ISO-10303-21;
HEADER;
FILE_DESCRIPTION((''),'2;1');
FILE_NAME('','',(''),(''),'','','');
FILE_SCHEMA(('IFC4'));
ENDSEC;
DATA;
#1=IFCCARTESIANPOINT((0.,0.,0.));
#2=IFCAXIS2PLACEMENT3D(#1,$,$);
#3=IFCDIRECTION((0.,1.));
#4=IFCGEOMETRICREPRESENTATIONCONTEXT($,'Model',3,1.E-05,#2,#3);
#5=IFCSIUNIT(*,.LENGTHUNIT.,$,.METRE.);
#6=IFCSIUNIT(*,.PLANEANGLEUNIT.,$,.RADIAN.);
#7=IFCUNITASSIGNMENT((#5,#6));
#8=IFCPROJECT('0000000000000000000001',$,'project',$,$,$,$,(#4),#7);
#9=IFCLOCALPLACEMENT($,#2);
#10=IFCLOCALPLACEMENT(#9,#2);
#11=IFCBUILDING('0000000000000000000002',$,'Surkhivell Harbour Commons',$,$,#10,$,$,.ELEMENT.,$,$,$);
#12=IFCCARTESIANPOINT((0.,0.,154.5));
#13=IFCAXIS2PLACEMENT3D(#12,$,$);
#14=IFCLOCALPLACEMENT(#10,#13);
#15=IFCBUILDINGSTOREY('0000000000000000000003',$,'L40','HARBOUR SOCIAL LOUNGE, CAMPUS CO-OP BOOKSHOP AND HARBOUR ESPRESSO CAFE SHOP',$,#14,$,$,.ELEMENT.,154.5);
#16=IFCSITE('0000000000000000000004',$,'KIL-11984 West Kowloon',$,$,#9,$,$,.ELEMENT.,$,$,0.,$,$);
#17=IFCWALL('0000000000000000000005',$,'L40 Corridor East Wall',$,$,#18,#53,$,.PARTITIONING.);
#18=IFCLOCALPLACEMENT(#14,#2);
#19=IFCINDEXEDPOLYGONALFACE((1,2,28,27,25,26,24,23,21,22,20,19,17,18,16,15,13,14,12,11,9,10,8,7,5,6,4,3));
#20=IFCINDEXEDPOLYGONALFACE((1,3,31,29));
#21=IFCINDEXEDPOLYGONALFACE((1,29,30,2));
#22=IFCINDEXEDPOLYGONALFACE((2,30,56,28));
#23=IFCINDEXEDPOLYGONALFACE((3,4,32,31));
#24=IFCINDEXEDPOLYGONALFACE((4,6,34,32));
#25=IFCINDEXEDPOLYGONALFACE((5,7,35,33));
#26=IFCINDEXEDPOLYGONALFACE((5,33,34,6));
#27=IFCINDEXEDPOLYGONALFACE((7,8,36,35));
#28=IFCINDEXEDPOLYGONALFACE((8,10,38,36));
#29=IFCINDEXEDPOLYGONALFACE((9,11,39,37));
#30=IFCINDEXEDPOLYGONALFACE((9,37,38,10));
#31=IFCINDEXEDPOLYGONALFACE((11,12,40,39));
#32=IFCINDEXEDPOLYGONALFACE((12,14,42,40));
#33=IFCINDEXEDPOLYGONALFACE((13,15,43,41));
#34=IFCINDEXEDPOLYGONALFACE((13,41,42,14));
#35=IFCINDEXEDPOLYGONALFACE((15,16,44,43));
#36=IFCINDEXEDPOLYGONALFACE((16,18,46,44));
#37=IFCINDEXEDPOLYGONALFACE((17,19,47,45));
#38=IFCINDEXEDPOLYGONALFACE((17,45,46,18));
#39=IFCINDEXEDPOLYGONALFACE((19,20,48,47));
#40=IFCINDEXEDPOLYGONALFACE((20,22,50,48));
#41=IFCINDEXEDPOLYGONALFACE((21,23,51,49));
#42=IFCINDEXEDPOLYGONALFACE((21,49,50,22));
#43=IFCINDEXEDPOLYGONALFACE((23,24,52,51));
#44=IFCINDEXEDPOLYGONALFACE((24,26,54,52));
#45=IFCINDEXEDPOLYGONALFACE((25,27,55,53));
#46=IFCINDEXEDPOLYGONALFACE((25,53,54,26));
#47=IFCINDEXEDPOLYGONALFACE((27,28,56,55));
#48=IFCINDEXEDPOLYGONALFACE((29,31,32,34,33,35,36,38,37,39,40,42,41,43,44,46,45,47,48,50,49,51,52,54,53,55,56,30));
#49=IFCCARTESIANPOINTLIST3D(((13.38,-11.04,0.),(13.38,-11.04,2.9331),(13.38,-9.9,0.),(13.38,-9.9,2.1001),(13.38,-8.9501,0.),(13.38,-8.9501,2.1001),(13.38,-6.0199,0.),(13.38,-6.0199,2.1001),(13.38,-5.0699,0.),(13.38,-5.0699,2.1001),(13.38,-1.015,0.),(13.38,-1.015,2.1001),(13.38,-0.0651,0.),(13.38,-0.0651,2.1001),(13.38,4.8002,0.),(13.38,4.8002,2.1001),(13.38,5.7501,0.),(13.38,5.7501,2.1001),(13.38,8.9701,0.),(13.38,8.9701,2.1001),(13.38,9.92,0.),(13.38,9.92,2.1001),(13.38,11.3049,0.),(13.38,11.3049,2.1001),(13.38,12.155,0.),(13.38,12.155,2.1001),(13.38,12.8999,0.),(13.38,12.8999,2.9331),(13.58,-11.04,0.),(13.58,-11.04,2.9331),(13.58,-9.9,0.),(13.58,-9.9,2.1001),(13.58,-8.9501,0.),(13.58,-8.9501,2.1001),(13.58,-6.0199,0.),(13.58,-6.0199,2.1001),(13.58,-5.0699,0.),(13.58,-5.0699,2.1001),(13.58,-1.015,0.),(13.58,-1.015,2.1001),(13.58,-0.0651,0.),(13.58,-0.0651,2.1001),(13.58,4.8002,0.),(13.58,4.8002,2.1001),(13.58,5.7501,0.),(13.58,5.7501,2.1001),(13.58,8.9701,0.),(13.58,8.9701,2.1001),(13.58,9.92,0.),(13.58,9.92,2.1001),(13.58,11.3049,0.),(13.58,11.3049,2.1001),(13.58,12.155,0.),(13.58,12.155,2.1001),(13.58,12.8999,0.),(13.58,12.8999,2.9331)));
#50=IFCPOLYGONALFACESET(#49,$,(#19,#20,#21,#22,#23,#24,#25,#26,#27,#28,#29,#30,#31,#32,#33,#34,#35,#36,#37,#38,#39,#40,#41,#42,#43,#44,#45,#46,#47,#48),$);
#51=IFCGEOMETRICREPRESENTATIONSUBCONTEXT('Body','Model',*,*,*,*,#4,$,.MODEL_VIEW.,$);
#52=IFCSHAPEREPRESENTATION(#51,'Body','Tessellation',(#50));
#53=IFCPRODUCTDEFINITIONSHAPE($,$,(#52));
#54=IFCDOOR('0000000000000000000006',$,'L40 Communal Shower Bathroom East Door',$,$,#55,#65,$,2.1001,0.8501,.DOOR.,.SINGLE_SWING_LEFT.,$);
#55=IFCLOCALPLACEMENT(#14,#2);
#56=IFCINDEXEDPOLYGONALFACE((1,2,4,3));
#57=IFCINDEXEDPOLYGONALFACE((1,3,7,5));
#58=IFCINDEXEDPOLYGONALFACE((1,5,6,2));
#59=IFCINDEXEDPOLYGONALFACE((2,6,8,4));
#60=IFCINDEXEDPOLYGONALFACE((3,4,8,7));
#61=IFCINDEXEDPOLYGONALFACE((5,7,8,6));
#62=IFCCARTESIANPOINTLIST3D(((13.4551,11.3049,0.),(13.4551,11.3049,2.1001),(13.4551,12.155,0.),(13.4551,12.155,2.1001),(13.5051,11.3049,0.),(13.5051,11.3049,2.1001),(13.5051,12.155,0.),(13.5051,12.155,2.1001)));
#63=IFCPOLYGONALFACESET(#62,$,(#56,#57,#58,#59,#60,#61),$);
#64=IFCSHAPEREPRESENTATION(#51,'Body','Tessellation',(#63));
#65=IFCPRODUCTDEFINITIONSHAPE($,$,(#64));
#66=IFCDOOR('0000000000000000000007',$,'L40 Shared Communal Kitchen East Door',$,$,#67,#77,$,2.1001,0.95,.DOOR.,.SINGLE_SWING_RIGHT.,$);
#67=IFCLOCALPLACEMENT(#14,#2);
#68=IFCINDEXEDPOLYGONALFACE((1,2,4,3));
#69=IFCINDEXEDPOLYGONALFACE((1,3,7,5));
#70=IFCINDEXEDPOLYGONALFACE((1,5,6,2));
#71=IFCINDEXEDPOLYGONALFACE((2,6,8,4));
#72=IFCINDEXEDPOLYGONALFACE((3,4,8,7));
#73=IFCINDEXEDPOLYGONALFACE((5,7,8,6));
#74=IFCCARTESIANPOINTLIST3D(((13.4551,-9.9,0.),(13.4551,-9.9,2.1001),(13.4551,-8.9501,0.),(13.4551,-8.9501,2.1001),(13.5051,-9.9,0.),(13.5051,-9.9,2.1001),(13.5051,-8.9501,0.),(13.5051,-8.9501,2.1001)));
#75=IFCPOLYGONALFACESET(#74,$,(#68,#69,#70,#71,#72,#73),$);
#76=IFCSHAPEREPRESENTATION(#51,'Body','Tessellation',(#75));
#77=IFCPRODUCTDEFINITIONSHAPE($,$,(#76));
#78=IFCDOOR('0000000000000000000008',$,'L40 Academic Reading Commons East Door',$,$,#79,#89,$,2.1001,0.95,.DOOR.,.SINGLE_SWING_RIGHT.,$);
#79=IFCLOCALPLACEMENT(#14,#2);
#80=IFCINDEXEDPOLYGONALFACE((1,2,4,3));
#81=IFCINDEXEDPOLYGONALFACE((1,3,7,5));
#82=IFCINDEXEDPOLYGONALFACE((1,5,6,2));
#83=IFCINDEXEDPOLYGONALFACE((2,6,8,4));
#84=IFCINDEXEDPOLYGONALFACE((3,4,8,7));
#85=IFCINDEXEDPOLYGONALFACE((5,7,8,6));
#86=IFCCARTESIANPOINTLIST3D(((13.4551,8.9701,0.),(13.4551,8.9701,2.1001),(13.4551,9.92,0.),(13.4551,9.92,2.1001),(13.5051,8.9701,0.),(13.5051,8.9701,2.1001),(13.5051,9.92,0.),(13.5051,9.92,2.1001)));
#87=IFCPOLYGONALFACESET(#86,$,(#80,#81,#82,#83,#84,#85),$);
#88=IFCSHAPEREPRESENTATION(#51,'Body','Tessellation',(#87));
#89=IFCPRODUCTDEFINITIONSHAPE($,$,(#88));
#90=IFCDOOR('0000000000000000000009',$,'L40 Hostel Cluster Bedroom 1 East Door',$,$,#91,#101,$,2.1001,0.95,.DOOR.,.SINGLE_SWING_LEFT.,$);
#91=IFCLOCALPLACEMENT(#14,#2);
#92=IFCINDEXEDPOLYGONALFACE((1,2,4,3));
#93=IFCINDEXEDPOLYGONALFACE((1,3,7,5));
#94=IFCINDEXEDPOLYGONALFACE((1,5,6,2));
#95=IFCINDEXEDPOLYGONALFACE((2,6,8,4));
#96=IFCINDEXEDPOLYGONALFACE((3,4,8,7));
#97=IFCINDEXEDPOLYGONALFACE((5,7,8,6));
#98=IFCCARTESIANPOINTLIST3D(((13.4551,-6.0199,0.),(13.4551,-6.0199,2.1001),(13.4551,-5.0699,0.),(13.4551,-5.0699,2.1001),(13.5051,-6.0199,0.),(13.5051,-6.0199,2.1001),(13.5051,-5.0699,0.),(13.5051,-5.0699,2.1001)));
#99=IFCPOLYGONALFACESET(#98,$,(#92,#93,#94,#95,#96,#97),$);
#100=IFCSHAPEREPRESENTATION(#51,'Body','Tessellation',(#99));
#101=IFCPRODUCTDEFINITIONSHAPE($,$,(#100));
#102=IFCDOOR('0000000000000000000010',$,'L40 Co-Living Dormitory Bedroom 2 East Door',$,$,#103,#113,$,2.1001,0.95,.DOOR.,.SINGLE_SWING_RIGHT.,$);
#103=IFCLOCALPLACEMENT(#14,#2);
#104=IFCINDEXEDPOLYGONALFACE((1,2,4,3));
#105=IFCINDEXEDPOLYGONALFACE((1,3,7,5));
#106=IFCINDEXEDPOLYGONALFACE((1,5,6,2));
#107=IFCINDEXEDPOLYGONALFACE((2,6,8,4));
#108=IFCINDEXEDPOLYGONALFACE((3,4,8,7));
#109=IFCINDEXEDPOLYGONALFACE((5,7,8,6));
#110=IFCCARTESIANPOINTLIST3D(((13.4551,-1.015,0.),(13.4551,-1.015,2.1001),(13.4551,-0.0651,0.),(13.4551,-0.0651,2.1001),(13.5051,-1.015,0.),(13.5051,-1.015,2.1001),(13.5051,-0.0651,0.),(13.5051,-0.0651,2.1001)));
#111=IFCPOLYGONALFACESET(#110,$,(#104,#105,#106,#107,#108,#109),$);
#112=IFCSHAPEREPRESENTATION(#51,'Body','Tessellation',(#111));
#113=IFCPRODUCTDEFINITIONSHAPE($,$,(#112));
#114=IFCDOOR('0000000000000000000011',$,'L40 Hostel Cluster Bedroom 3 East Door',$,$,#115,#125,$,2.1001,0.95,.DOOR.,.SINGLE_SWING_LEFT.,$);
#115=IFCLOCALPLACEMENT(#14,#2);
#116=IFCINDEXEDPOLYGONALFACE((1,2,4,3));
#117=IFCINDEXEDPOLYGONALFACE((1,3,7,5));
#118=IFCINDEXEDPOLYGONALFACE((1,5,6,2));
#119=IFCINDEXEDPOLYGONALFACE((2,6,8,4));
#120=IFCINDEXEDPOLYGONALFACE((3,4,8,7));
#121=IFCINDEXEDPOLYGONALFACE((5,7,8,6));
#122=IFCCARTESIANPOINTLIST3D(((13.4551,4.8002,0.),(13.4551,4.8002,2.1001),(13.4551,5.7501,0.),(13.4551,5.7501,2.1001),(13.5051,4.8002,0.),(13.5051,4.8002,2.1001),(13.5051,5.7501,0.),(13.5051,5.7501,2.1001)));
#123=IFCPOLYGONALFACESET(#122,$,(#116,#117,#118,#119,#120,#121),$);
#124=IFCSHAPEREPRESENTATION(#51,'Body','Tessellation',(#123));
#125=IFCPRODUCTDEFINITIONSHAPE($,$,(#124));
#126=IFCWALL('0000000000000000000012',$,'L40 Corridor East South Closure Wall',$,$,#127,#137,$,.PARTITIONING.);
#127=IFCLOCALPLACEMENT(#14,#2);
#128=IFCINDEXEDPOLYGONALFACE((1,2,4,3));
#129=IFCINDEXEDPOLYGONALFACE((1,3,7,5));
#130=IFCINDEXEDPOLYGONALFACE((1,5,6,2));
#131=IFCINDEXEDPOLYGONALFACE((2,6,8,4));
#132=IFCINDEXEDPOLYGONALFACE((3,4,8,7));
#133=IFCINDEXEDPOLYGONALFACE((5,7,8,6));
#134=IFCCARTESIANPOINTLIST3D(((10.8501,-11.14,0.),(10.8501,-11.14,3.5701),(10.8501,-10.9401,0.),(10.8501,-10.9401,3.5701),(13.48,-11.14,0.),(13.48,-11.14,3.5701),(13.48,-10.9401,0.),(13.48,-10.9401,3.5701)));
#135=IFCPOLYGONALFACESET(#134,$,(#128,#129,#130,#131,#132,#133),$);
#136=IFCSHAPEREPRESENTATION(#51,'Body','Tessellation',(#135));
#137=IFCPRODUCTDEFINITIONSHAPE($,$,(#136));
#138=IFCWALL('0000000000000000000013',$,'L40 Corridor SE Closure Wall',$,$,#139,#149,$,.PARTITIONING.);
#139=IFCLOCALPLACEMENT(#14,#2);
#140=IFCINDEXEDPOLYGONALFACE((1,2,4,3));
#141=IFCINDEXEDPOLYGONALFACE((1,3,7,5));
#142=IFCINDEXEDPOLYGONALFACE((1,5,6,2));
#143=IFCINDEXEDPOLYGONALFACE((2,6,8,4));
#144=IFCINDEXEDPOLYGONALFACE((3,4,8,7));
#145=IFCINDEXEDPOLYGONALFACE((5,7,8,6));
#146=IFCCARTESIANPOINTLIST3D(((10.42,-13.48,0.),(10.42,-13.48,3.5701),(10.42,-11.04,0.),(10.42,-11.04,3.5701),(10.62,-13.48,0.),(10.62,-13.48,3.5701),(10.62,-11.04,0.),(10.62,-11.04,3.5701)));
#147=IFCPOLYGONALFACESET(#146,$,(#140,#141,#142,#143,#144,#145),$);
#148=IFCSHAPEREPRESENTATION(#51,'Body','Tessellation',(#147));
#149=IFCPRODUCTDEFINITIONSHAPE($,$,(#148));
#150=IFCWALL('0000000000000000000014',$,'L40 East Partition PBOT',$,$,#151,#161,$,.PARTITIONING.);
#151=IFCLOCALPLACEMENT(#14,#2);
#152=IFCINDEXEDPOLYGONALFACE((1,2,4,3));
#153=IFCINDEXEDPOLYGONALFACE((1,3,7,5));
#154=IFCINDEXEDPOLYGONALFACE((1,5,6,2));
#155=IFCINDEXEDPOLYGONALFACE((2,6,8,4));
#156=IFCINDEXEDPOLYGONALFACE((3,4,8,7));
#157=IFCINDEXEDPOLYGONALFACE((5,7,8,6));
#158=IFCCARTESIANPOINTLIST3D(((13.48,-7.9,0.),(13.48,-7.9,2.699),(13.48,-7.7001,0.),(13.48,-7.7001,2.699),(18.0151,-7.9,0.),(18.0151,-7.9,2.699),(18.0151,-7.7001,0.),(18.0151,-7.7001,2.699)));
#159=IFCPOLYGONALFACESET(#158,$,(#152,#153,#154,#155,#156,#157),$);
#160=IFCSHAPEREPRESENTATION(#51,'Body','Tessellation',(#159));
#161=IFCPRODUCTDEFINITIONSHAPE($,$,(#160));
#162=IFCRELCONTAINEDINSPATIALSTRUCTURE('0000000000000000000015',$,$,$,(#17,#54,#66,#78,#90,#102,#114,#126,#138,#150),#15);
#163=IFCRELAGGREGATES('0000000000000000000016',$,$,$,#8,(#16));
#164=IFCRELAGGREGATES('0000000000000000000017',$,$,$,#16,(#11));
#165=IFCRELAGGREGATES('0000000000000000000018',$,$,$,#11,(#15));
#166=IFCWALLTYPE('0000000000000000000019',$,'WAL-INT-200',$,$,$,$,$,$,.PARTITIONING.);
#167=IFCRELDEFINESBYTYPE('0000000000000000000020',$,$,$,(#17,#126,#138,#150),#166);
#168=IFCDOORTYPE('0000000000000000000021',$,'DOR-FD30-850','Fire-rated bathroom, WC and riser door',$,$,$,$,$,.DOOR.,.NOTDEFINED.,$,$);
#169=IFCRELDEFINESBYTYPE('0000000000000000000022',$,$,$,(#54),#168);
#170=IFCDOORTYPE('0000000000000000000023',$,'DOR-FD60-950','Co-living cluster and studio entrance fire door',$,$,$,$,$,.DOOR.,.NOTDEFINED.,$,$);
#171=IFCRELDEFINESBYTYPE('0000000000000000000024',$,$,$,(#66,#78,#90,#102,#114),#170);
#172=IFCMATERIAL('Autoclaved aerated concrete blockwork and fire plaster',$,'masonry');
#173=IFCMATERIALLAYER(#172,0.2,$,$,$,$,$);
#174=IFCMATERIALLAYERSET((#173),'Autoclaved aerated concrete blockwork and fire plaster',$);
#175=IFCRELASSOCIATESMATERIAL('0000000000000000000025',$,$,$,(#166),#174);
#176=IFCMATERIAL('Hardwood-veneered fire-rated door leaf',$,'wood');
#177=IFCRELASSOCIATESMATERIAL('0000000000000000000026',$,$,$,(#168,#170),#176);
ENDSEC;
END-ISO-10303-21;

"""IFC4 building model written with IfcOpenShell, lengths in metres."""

from ifc_helpers import new_model, si_unit, direction, frame, frame_2d, origin, place, context, subcontext, project, spatial, rectangle, extrude, material, layer, layer_set, type_object, element, fill, save


model = new_model("IFC4")

# Units and contexts
model_context = context("Model", 3, precision=1e-05, world=origin(), true_north=direction((0.0, 1.0)))
body_context = subcontext(model_context, "Body", "Model", "MODEL_VIEW")
ifc_project = project(units=[si_unit("LENGTHUNIT", "METRE"), si_unit("PLANEANGLEUNIT", "RADIAN")], contexts=[model_context])

# Site, building, storey
site_placement = place(None, origin())
site = spatial("IfcSite", under=ifc_project, at=site_placement, Name="KIL-11984 West Kowloon", CompositionType="ELEMENT", RefElevation=0.0)
building_placement = place(site_placement, origin())
building = spatial("IfcBuilding", under=site, at=building_placement, Name="Surkhivell Harbour Commons", CompositionType="ELEMENT")
storey_placement = place(building_placement, frame((0.0, 0.0, 154.5)))
storey = spatial("IfcBuildingStorey", under=building, at=storey_placement, Name="L40", Description="HARBOUR SOCIAL LOUNGE, CAMPUS CO-OP BOOKSHOP AND HARBOUR ESPRESSO CAFE SHOP", CompositionType="ELEMENT", Elevation=154.5)

# Shared definitions
ifc_material_1 = material(Name="Autoclaved aerated concrete blockwork and fire plaster", Category="masonry")
ifc_layer_1 = layer(ifc_material_1, 0.2)
ifc_layer_set_1 = layer_set([ifc_layer_1], Name="Autoclaved aerated concrete blockwork and fire plaster")
wall_type_1 = type_object("IfcWallType", Name="WAL-INT-200", PredefinedType="PARTITIONING", material=ifc_layer_set_1)

# Wall, openings, doors
wall_1_placement = place(storey_placement, frame((13.48, -11.04, 0.0), z_axis=(0.0, 0.0, 1.0), x_axis=(0.0, 1.0, 0.0)))
wall_1 = element("IfcWall", 1, at=wall_1_placement, inside=storey, type_object=wall_type_1, Name="L40 Corridor East Wall", PredefinedType="PARTITIONING", context=body_context, shape_type="SweptSolid", body=[
    extrude(rectangle(XDim=23.9399, YDim=0.2, at=frame_2d((11.97, 0.0))), origin(), (0.0, 0.0, 1.0), 2.9331),
])
opening_1_placement = place(wall_1_placement, frame((1.1399, 0.0, 0.0)))
opening_1 = element("IfcOpeningElement", 2, at=opening_1_placement, cuts=wall_1, PredefinedType="OPENING", context=body_context, shape_type="SweptSolid", body=[
    extrude(rectangle(XDim=0.95, YDim=2.1001, at=frame_2d((0.4751, 1.05))), frame((0.0, 0.1099, 0.0), z_axis=(0.0, -1.0, 0.0), x_axis=(1.0, 0.0, 0.0)), (0.0, 0.0, 1.0), 0.22),
])
opening_2_placement = place(wall_1_placement, frame((22.345, 0.0, 0.0)))
opening_2 = element("IfcOpeningElement", 3, at=opening_2_placement, cuts=wall_1, PredefinedType="OPENING", context=body_context, shape_type="SweptSolid", body=[
    extrude(rectangle(XDim=0.8501, YDim=2.1001, at=frame_2d((0.425, 1.05))), frame((0.0, 0.1099, 0.0), z_axis=(0.0, -1.0, 0.0), x_axis=(1.0, 0.0, 0.0)), (0.0, 0.0, 1.0), 0.22),
])
opening_3_placement = place(wall_1_placement, frame((20.01, 0.0, 0.0)))
opening_3 = element("IfcOpeningElement", 4, at=opening_3_placement, cuts=wall_1, PredefinedType="OPENING", context=body_context, shape_type="SweptSolid", body=[
    extrude(rectangle(XDim=0.95, YDim=2.1001, at=frame_2d((0.4751, 1.05))), frame((0.0, 0.1099, 0.0), z_axis=(0.0, -1.0, 0.0), x_axis=(1.0, 0.0, 0.0)), (0.0, 0.0, 1.0), 0.22),
])
opening_4_placement = place(wall_1_placement, frame((5.02, 0.0, 0.0)))
opening_4 = element("IfcOpeningElement", 5, at=opening_4_placement, cuts=wall_1, PredefinedType="OPENING", context=body_context, shape_type="SweptSolid", body=[
    extrude(rectangle(XDim=0.95, YDim=2.1001, at=frame_2d((0.4751, 1.05))), frame((0.0, 0.1099, 0.0), z_axis=(0.0, -1.0, 0.0), x_axis=(1.0, 0.0, 0.0)), (0.0, 0.0, 1.0), 0.22),
])
opening_5_placement = place(wall_1_placement, frame((10.0249, 0.0, 0.0)))
opening_5 = element("IfcOpeningElement", 6, at=opening_5_placement, cuts=wall_1, PredefinedType="OPENING", context=body_context, shape_type="SweptSolid", body=[
    extrude(rectangle(XDim=0.95, YDim=2.1001, at=frame_2d((0.4751, 1.05))), frame((0.0, 0.1099, 0.0), z_axis=(0.0, -1.0, 0.0), x_axis=(1.0, 0.0, 0.0)), (0.0, 0.0, 1.0), 0.22),
])
opening_6_placement = place(wall_1_placement, frame((15.8401, 0.0, 0.0)))
opening_6 = element("IfcOpeningElement", 7, at=opening_6_placement, cuts=wall_1, PredefinedType="OPENING", context=body_context, shape_type="SweptSolid", body=[
    extrude(rectangle(XDim=0.95, YDim=2.1001, at=frame_2d((0.4751, 1.05))), frame((0.0, 0.1099, 0.0), z_axis=(0.0, -1.0, 0.0), x_axis=(1.0, 0.0, 0.0)), (0.0, 0.0, 1.0), 0.22),
])
ifc_material_2 = material(Name="Hardwood-veneered fire-rated door leaf", Category="wood")
door_type_1 = type_object("IfcDoorType", Name="DOR-FD30-850", Description="Fire-rated bathroom, WC and riser door", OperationType="NOTDEFINED", PredefinedType="DOOR", material=ifc_material_2)
door_1_placement = place(opening_2_placement, origin())
door_1 = element("IfcDoor", 8, at=door_1_placement, inside=storey, type_object=door_type_1, Name="L40 Communal Shower Bathroom East Door", OperationType="SINGLE_SWING_LEFT", OverallHeight=2.1001, OverallWidth=0.8501, PredefinedType="DOOR", context=body_context, shape_type="SweptSolid", body=[
    extrude(rectangle(XDim=0.8501, YDim=2.1001, at=frame_2d((0.425, 1.05))), frame((0.0, 0.0249, 0.0), z_axis=(0.0, -1.0, 0.0), x_axis=(1.0, 0.0, 0.0)), (0.0, 0.0, 1.0), 0.05),
])
fill(opening_2, door_1)
door_type_2 = type_object("IfcDoorType", Name="DOR-FD60-950", Description="Co-living cluster and studio entrance fire door", OperationType="NOTDEFINED", PredefinedType="DOOR", material=ifc_material_2)
door_2_placement = place(opening_1_placement, origin())
door_2 = element("IfcDoor", 9, at=door_2_placement, inside=storey, type_object=door_type_2, Name="L40 Shared Communal Kitchen East Door", OperationType="SINGLE_SWING_RIGHT", OverallHeight=2.1001, OverallWidth=0.95, PredefinedType="DOOR", context=body_context, shape_type="SweptSolid", body=[
    extrude(rectangle(XDim=0.95, YDim=2.1001, at=frame_2d((0.4751, 1.05))), frame((0.0, 0.0249, 0.0), z_axis=(0.0, -1.0, 0.0), x_axis=(1.0, 0.0, 0.0)), (0.0, 0.0, 1.0), 0.05),
])
fill(opening_1, door_2)
door_3_placement = place(opening_3_placement, origin())
door_3 = element("IfcDoor", 10, at=door_3_placement, inside=storey, type_object=door_type_2, Name="L40 Academic Reading Commons East Door", OperationType="SINGLE_SWING_RIGHT", OverallHeight=2.1001, OverallWidth=0.95, PredefinedType="DOOR", context=body_context, shape_type="SweptSolid", body=[
    extrude(rectangle(XDim=0.95, YDim=2.1001, at=frame_2d((0.4751, 1.05))), frame((0.0, 0.0249, 0.0), z_axis=(0.0, -1.0, 0.0), x_axis=(1.0, 0.0, 0.0)), (0.0, 0.0, 1.0), 0.05),
])
fill(opening_3, door_3)
door_4_placement = place(opening_4_placement, origin())
door_4 = element("IfcDoor", 11, at=door_4_placement, inside=storey, type_object=door_type_2, Name="L40 Hostel Cluster Bedroom 1 East Door", OperationType="SINGLE_SWING_LEFT", OverallHeight=2.1001, OverallWidth=0.95, PredefinedType="DOOR", context=body_context, shape_type="SweptSolid", body=[
    extrude(rectangle(XDim=0.95, YDim=2.1001, at=frame_2d((0.4751, 1.05))), frame((0.0, 0.0249, 0.0), z_axis=(0.0, -1.0, 0.0), x_axis=(1.0, 0.0, 0.0)), (0.0, 0.0, 1.0), 0.05),
])
fill(opening_4, door_4)
door_5_placement = place(opening_5_placement, origin())
door_5 = element("IfcDoor", 12, at=door_5_placement, inside=storey, type_object=door_type_2, Name="L40 Co-Living Dormitory Bedroom 2 East Door", OperationType="SINGLE_SWING_RIGHT", OverallHeight=2.1001, OverallWidth=0.95, PredefinedType="DOOR", context=body_context, shape_type="SweptSolid", body=[
    extrude(rectangle(XDim=0.95, YDim=2.1001, at=frame_2d((0.4751, 1.05))), frame((0.0, 0.0249, 0.0), z_axis=(0.0, -1.0, 0.0), x_axis=(1.0, 0.0, 0.0)), (0.0, 0.0, 1.0), 0.05),
])
fill(opening_5, door_5)
door_6_placement = place(opening_6_placement, origin())
door_6 = element("IfcDoor", 13, at=door_6_placement, inside=storey, type_object=door_type_2, Name="L40 Hostel Cluster Bedroom 3 East Door", OperationType="SINGLE_SWING_LEFT", OverallHeight=2.1001, OverallWidth=0.95, PredefinedType="DOOR", context=body_context, shape_type="SweptSolid", body=[
    extrude(rectangle(XDim=0.95, YDim=2.1001, at=frame_2d((0.4751, 1.05))), frame((0.0, 0.0249, 0.0), z_axis=(0.0, -1.0, 0.0), x_axis=(1.0, 0.0, 0.0)), (0.0, 0.0, 1.0), 0.05),
])
fill(opening_6, door_6)

# Walls
wall_2_placement = place(storey_placement, frame((10.8501, -11.04, 0.0), z_axis=(0.0, 0.0, 1.0), x_axis=(1.0, 0.0, 0.0)))
element("IfcWall", 14, at=wall_2_placement, inside=storey, type_object=wall_type_1, Name="L40 Corridor East South Closure Wall", PredefinedType="PARTITIONING", context=body_context, shape_type="SweptSolid", body=[
    extrude(rectangle(XDim=2.6299, YDim=0.2, at=frame_2d((1.3149, 0.0))), origin(), (0.0, 0.0, 1.0), 3.5701),
])
wall_3_placement = place(storey_placement, frame((10.52, -13.48, 0.0), z_axis=(0.0, 0.0, 1.0), x_axis=(0.0, 1.0, 0.0)))
element("IfcWall", 15, at=wall_3_placement, inside=storey, type_object=wall_type_1, Name="L40 Corridor SE Closure Wall", PredefinedType="PARTITIONING", context=body_context, shape_type="SweptSolid", body=[
    extrude(rectangle(XDim=2.4399, YDim=0.2, at=frame_2d((1.22, 0.0))), origin(), (0.0, 0.0, 1.0), 3.5701),
])
wall_4_placement = place(storey_placement, frame((13.48, -7.8, 0.0), z_axis=(0.0, 0.0, 1.0), x_axis=(1.0, 0.0, 0.0)))
element("IfcWall", 16, at=wall_4_placement, inside=storey, type_object=wall_type_1, Name="L40 East Partition PBOT", PredefinedType="PARTITIONING", context=body_context, shape_type="SweptSolid", body=[
    extrude(rectangle(XDim=4.5352, YDim=0.2, at=frame_2d((2.2676, 0.0))), origin(), (0.0, 0.0, 1.0), 2.699),
])

save(model, "model.ifc")
